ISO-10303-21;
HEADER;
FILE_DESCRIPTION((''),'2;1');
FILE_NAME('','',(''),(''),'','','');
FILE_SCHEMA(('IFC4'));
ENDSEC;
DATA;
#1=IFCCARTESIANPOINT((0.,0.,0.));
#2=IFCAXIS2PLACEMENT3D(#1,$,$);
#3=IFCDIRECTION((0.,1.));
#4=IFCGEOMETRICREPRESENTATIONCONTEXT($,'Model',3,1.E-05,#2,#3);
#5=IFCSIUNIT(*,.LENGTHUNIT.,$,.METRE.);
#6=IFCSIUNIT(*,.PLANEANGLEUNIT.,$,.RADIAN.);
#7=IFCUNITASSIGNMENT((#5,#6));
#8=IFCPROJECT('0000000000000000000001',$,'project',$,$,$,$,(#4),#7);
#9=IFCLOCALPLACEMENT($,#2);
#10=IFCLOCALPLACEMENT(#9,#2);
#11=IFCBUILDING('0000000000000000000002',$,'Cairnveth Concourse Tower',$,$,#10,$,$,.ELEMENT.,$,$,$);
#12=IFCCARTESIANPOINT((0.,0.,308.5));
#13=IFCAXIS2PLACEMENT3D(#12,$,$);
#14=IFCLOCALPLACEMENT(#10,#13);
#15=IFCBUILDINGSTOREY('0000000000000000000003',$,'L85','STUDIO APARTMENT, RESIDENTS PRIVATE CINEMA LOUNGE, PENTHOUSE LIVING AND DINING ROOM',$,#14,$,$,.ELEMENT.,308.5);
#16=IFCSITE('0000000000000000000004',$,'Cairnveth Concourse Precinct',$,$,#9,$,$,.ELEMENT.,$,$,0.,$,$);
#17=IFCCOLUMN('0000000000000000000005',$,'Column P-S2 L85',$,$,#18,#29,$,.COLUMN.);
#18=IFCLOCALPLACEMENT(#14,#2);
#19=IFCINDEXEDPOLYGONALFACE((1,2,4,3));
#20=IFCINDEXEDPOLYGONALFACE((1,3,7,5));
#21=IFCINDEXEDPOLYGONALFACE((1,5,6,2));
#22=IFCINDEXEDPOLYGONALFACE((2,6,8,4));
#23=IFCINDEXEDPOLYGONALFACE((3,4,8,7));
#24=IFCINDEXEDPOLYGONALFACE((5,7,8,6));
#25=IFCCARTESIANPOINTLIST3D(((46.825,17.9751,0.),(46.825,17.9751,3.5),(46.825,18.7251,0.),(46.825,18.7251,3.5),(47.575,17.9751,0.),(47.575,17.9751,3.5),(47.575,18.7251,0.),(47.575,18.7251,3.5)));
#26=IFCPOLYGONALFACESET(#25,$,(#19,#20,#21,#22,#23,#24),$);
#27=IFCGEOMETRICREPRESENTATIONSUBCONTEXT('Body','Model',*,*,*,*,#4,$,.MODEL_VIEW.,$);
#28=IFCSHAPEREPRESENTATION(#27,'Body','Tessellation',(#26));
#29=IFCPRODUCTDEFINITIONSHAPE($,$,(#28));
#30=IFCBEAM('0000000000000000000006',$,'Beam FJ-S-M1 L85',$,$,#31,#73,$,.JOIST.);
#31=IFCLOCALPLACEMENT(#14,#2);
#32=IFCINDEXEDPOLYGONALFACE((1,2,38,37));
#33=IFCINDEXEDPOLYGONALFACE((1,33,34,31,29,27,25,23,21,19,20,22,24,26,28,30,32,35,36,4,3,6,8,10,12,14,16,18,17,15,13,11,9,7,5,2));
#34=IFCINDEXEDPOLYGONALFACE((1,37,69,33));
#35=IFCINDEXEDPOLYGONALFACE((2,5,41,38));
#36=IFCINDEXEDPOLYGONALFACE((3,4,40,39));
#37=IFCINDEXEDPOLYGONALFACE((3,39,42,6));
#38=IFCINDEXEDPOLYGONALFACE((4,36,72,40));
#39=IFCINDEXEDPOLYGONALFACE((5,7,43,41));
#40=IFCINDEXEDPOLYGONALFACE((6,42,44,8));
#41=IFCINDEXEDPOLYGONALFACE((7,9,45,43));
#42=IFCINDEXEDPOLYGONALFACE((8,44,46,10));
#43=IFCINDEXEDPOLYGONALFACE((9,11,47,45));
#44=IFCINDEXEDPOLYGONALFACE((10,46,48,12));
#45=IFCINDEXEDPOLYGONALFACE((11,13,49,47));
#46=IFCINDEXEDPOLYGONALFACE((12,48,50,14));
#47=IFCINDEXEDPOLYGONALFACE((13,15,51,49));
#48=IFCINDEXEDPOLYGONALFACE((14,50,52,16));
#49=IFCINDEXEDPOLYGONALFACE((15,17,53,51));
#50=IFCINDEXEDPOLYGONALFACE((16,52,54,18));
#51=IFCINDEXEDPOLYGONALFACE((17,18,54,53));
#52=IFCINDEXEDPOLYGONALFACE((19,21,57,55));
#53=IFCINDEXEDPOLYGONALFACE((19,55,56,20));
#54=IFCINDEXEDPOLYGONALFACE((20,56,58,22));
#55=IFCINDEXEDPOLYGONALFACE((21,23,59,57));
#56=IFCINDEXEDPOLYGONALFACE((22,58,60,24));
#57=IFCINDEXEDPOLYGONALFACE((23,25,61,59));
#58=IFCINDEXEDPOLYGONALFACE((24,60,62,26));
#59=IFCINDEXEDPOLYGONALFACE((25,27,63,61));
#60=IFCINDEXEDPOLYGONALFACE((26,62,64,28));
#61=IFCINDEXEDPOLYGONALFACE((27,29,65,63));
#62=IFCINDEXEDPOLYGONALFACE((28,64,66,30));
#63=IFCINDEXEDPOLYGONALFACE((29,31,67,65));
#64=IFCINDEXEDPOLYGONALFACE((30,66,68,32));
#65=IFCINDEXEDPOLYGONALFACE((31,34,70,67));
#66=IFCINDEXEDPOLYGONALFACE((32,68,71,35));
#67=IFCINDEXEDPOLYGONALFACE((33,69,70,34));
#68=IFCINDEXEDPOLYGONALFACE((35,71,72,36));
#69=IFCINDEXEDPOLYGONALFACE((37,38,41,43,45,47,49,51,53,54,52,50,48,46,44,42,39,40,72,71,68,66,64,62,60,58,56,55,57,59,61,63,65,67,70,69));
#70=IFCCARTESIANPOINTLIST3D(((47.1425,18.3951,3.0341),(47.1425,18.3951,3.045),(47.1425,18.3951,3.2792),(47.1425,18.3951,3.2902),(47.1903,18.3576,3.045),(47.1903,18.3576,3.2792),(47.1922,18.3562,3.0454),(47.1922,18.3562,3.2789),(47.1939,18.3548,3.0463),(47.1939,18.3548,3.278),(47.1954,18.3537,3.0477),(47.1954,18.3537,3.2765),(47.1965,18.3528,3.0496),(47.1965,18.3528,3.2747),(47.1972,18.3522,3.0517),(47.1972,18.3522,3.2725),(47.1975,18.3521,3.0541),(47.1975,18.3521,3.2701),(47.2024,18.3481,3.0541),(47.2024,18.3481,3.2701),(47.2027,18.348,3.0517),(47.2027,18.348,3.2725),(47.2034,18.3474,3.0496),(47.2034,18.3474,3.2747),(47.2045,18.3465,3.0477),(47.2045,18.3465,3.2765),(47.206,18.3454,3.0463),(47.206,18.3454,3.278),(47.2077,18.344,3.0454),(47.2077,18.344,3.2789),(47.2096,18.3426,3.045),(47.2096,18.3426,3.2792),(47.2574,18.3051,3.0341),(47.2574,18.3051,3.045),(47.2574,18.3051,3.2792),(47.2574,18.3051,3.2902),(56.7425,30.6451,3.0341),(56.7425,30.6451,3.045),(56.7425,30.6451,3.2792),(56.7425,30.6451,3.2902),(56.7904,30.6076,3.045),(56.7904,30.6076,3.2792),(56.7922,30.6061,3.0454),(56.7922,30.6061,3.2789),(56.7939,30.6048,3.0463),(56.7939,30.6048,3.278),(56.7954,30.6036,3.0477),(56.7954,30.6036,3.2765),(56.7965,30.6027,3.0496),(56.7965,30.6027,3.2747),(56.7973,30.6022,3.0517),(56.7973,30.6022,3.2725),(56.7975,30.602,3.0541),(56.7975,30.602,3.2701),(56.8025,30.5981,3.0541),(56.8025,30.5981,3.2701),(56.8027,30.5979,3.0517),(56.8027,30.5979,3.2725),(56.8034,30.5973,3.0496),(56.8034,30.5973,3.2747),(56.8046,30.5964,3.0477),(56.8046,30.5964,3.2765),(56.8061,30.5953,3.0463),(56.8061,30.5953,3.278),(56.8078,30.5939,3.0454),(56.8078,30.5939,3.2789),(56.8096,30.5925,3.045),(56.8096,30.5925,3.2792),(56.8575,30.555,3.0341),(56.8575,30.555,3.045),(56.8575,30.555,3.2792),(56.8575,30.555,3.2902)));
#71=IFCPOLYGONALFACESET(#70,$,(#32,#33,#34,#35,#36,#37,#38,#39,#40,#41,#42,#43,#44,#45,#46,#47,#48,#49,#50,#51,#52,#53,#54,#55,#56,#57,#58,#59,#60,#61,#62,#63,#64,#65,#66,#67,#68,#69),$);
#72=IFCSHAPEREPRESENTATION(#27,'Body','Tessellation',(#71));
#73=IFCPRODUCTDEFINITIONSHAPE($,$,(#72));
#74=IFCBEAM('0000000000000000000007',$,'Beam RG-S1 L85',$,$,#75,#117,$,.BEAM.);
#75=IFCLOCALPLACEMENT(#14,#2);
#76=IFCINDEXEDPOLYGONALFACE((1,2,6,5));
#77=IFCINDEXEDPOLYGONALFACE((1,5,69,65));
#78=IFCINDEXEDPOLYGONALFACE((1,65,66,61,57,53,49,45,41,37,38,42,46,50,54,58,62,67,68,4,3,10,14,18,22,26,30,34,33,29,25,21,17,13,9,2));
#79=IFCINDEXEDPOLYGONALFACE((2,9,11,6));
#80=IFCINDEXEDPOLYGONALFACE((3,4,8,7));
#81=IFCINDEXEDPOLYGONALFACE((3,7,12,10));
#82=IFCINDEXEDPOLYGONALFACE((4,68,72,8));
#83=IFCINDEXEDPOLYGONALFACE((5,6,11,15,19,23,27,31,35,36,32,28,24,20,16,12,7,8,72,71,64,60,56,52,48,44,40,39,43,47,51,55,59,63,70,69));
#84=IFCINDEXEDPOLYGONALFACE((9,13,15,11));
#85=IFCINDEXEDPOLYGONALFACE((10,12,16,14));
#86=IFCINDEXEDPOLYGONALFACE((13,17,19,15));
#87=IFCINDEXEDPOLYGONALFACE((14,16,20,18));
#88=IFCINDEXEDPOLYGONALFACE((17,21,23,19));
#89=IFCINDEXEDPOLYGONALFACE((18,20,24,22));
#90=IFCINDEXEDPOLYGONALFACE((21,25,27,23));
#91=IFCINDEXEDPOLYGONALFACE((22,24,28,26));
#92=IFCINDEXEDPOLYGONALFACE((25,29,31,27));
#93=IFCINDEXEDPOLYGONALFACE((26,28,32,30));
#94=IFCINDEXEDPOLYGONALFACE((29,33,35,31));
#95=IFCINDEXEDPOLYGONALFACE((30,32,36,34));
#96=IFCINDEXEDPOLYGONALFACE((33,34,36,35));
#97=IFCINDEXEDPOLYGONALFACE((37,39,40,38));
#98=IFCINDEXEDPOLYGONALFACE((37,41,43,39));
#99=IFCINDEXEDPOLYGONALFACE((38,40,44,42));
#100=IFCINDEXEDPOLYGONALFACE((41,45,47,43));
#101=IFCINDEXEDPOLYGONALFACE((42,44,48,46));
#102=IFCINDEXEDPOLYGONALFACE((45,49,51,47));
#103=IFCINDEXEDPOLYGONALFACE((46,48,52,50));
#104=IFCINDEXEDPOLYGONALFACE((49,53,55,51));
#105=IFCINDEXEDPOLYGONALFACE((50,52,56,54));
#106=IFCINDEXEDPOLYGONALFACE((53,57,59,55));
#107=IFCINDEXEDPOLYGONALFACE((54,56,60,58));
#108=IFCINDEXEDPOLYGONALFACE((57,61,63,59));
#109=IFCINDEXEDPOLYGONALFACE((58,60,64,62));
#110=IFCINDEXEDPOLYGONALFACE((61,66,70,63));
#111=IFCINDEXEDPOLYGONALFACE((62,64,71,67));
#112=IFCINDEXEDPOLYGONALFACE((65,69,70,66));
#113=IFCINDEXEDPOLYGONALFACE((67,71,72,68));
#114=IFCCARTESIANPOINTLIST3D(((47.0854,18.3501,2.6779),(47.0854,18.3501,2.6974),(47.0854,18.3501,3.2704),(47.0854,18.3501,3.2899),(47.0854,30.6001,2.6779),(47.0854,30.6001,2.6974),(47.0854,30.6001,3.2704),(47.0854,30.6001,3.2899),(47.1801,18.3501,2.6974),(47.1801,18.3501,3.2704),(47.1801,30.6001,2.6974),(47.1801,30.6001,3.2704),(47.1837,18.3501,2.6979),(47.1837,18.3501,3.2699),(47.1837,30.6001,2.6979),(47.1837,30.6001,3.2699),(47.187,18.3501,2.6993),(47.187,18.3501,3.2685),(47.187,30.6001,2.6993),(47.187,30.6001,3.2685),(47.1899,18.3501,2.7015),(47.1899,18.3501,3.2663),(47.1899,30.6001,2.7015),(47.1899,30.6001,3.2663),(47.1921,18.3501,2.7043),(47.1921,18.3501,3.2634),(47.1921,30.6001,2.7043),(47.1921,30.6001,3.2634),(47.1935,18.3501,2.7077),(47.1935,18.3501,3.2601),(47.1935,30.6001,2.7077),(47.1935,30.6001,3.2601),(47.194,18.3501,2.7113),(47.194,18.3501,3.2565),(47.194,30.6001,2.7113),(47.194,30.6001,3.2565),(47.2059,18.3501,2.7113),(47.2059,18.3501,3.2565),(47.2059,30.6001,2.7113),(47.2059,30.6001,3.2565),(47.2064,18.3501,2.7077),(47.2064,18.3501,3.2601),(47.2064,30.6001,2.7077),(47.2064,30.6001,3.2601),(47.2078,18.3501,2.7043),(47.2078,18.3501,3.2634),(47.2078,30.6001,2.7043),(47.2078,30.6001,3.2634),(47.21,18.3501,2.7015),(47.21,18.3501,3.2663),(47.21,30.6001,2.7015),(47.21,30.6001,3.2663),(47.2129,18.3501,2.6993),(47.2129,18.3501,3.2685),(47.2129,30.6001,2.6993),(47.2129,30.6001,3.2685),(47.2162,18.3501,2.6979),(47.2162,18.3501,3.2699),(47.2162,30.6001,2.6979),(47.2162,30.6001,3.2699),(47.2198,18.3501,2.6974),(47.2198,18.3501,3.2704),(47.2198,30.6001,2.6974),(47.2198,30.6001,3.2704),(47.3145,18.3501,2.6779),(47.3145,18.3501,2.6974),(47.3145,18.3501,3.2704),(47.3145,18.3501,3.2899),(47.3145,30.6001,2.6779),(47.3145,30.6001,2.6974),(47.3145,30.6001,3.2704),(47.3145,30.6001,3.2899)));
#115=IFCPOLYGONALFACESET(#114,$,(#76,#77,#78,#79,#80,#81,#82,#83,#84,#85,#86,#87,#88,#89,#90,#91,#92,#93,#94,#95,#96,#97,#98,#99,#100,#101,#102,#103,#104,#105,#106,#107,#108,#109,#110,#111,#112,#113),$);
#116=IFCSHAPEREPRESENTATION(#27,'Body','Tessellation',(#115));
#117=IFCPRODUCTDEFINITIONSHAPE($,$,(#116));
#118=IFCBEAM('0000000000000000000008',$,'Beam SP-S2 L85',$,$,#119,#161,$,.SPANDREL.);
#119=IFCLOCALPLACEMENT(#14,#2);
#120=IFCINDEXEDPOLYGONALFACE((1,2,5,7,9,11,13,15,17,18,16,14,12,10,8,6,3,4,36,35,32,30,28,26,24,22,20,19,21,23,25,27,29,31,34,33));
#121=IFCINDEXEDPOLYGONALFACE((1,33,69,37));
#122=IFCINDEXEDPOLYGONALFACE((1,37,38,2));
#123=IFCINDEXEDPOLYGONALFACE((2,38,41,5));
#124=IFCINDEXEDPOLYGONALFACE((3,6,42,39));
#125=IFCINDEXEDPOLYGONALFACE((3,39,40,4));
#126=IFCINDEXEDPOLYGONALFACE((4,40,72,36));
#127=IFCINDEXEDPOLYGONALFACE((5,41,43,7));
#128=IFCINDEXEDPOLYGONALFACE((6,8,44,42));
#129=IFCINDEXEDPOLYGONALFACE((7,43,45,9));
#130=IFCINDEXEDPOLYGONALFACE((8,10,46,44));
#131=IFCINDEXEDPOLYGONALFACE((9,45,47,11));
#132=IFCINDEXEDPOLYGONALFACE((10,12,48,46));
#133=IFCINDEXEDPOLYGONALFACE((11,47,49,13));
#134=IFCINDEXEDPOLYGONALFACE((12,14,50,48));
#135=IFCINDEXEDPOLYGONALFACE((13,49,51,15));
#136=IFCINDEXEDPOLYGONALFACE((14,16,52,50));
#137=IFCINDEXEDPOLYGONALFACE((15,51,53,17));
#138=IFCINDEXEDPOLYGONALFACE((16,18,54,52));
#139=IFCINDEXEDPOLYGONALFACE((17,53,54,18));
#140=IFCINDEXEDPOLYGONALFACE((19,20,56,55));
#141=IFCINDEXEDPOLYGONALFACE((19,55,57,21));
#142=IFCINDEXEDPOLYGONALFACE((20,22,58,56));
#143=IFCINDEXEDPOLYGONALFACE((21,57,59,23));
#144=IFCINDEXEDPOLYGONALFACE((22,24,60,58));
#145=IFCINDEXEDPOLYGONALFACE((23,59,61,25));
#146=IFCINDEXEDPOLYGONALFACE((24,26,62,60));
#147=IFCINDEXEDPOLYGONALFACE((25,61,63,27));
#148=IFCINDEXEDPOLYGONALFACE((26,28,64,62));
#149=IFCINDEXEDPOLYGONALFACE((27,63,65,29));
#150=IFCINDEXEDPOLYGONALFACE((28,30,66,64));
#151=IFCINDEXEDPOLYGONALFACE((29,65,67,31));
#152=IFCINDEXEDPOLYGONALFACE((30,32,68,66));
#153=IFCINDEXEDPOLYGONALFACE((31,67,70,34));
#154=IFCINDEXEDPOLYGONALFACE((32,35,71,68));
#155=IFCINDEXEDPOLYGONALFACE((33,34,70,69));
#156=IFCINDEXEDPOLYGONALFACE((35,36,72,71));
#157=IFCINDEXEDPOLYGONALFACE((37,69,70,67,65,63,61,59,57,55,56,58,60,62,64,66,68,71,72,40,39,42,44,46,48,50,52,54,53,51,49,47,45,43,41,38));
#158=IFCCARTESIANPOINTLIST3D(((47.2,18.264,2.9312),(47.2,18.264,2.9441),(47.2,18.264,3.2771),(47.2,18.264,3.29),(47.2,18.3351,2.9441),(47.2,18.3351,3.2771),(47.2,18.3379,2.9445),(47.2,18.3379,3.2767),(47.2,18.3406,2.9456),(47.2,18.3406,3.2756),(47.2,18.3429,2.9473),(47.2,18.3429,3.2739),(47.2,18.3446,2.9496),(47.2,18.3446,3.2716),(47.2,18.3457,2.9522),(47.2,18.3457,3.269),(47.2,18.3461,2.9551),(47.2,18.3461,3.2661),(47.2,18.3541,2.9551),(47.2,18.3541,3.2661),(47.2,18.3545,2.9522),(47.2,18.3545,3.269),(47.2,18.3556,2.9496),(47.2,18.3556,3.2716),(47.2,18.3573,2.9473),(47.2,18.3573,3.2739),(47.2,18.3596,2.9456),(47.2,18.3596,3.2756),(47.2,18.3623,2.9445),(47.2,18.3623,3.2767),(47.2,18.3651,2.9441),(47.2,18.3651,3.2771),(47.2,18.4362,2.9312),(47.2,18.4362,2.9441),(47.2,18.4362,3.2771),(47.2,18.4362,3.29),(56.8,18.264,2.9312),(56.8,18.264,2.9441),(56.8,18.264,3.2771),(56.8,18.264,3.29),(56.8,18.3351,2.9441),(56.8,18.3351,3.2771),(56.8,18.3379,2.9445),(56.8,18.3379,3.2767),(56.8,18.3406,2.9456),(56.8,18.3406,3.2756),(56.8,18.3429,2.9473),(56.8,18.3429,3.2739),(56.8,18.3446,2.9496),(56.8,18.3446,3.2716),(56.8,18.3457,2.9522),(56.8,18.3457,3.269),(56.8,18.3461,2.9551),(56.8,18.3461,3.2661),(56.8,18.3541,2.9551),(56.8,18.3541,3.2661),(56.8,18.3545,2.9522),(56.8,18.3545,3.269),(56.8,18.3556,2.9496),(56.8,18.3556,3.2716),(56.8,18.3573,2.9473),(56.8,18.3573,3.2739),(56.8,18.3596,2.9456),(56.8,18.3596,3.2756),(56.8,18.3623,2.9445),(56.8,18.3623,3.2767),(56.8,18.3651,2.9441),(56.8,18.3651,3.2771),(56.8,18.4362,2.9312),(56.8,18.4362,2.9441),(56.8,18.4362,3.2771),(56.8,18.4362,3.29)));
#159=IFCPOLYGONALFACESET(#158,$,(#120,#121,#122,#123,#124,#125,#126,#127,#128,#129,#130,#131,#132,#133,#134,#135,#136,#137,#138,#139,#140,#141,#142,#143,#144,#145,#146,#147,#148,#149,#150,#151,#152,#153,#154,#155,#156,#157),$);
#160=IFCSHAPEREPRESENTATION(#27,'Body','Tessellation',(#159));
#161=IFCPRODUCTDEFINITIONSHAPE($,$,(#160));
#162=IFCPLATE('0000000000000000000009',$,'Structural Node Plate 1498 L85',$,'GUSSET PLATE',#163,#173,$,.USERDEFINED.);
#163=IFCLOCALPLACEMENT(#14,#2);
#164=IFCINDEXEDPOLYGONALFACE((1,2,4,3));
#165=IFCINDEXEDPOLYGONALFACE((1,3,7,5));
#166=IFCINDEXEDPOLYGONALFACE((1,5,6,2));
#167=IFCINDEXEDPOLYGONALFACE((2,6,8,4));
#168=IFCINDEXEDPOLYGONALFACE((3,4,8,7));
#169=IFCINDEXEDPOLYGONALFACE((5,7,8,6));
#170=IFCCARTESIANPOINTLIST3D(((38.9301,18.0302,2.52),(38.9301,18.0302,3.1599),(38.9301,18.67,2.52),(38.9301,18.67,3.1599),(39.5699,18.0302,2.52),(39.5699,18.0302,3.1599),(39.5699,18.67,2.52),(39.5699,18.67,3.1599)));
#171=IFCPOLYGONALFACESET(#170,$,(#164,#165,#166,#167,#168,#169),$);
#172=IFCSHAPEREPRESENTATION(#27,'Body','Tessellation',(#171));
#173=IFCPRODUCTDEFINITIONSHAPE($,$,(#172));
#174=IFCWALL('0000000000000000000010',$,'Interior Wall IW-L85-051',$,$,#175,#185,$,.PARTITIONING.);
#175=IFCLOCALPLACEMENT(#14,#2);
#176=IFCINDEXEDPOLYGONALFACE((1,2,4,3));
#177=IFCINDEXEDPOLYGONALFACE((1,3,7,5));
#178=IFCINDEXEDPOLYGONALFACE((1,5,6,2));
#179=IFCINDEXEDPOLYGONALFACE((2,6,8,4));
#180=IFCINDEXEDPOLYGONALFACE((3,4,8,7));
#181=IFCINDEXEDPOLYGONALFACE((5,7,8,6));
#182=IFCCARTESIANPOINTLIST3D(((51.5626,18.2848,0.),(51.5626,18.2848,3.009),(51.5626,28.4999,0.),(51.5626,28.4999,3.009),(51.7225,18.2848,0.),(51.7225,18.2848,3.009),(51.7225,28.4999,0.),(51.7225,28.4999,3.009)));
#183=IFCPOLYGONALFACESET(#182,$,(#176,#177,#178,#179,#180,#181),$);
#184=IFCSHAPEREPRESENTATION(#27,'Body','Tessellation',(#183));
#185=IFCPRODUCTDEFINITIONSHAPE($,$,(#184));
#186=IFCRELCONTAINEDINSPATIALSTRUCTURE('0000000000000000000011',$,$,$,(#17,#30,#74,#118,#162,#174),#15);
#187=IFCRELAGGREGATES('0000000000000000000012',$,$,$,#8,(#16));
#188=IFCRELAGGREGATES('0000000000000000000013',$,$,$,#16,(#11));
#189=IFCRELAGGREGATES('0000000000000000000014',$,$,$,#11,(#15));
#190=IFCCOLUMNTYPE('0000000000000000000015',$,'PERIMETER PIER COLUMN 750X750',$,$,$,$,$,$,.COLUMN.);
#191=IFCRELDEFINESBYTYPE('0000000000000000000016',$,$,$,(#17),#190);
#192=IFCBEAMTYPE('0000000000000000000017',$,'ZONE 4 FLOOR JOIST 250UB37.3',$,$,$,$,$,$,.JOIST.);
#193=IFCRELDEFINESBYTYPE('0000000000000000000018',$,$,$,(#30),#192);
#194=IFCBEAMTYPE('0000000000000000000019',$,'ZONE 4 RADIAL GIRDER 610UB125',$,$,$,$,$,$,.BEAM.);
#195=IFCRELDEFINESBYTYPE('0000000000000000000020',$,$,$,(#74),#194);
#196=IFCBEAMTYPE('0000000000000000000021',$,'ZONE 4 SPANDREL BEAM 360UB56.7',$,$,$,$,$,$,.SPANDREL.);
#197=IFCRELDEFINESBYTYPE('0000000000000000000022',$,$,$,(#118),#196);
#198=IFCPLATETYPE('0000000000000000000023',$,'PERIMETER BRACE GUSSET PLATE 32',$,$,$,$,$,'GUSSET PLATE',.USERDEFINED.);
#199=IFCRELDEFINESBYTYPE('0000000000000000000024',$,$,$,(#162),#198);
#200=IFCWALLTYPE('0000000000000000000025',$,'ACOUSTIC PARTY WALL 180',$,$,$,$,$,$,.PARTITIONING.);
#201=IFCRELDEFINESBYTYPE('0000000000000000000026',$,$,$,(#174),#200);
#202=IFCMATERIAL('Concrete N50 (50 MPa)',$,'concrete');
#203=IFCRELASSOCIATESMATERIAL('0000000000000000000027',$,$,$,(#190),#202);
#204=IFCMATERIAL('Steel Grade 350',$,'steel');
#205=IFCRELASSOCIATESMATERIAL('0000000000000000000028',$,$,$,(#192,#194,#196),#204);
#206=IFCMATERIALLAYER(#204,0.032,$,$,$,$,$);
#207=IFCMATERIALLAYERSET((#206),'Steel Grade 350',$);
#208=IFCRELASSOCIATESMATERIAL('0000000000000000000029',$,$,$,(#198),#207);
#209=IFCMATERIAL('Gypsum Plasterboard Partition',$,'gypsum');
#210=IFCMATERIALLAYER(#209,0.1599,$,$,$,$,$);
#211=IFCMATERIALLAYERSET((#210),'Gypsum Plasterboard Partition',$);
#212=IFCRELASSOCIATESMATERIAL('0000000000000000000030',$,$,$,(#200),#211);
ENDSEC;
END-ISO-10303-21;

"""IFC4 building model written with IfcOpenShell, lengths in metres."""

from ifc_helpers import new_model, si_unit, direction, frame, frame_2d, origin, origin_2d, place, context, subcontext, project, spatial, rectangle, i_section, extrude, material, layer, layer_set, material_profile, profile_set, type_object, element, save


model = new_model("IFC4")

# Units and contexts
model_context = context("Model", 3, precision=1e-05, world=origin(), true_north=direction((0.0, 1.0)))
body_context = subcontext(model_context, "Body", "Model", "MODEL_VIEW")
ifc_project = project(units=[si_unit("LENGTHUNIT", "METRE"), si_unit("PLANEANGLEUNIT", "RADIAN")], contexts=[model_context])

# Site, building, storey
site_placement = place(None, origin())
site = spatial("IfcSite", under=ifc_project, at=site_placement, Name="Cairnveth Concourse Precinct", CompositionType="ELEMENT", RefElevation=0.0)
building_placement = place(site_placement, origin())
building = spatial("IfcBuilding", under=site, at=building_placement, Name="Cairnveth Concourse Tower", CompositionType="ELEMENT")
storey_placement = place(building_placement, frame((0.0, 0.0, 308.5)))
storey = spatial("IfcBuildingStorey", under=building, at=storey_placement, Name="L85", Description="STUDIO APARTMENT, RESIDENTS PRIVATE CINEMA LOUNGE, PENTHOUSE LIVING AND DINING ROOM", CompositionType="ELEMENT", Elevation=308.5)

# Column
ifc_material_1 = material(Name="Concrete N50 (50 MPa)", Category="concrete")
ifc_material_profile_1 = material_profile(ifc_material_1, rectangle(XDim=0.75, YDim=0.75, at=origin_2d()), Name="RC-COL-750x750")
ifc_profile_set_1 = profile_set([ifc_material_profile_1], Name="Concrete N50 (50 MPa)")
column_type = type_object("IfcColumnType", Name="PERIMETER PIER COLUMN 750X750", PredefinedType="COLUMN", material=ifc_profile_set_1)
column_placement = place(storey_placement, frame((47.2, 18.3501, 0.0), z_axis=(0.0, 0.0, 1.0), x_axis=(1.0, 0.0, 0.0)))
element("IfcColumn", 1, at=column_placement, inside=storey, type_object=column_type, Name="Column P-S2 L85", PredefinedType="COLUMN", context=body_context, shape_type="SweptSolid", body=[
    extrude(rectangle(XDim=0.75, YDim=0.75, at=origin_2d()), origin(), (0.0, 0.0, 1.0), 3.5),
])

# Beams
ifc_material_2 = material(Name="Steel Grade 350", Category="steel")
ifc_material_profile_2 = material_profile(ifc_material_2, i_section(OverallWidth=0.146, OverallDepth=0.2561, WebThickness=0.0063, FlangeThickness=0.011, FilletRadius=0.009, at=origin_2d()), Name="250UB37.3")
ifc_profile_set_2 = profile_set([ifc_material_profile_2], Name="Steel Grade 350")
beam_type_1 = type_object("IfcBeamType", Name="ZONE 4 FLOOR JOIST 250UB37.3", PredefinedType="JOIST", material=ifc_profile_set_2)
beam_1_placement = place(storey_placement, frame((47.2, 18.3501, 3.1621), z_axis=(0.616832, 0.787095, 0.0), x_axis=(-0.787095, 0.616832, 0.0)))
element("IfcBeam", 2, at=beam_1_placement, inside=storey, type_object=beam_type_1, Name="Beam FJ-S-M1 L85", PredefinedType="JOIST", context=body_context, shape_type="SweptSolid", body=[
    extrude(i_section(OverallWidth=0.146, OverallDepth=0.2561, WebThickness=0.0063, FlangeThickness=0.011, FilletRadius=0.009, at=origin_2d()), origin(), (0.0, 0.0, 1.0), 15.5635),
])
ifc_material_profile_3 = material_profile(ifc_material_2, i_section(OverallWidth=0.229, OverallDepth=0.6121, WebThickness=0.012, FlangeThickness=0.0195, FilletRadius=0.0139, at=origin_2d()), Name="610UB125")
ifc_profile_set_3 = profile_set([ifc_material_profile_3], Name="Steel Grade 350")
beam_type_2 = type_object("IfcBeamType", Name="ZONE 4 RADIAL GIRDER 610UB125", PredefinedType="BEAM", material=ifc_profile_set_3)
beam_2_placement = place(storey_placement, frame((47.2, 18.3501, 2.9839), z_axis=(0.0, 1.0, 0.0), x_axis=(-1.0, 0.0, 0.0)))
element("IfcBeam", 3, at=beam_2_placement, inside=storey, type_object=beam_type_2, Name="Beam RG-S1 L85", PredefinedType="BEAM", context=body_context, shape_type="SweptSolid", body=[
    extrude(i_section(OverallWidth=0.229, OverallDepth=0.6121, WebThickness=0.012, FlangeThickness=0.0195, FilletRadius=0.0139, at=origin_2d()), origin(), (0.0, 0.0, 1.0), 12.25),
])
ifc_material_profile_4 = material_profile(ifc_material_2, i_section(OverallWidth=0.1721, OverallDepth=0.3589, WebThickness=0.0081, FlangeThickness=0.0129, FilletRadius=0.011, at=origin_2d()), Name="360UB56.7")
ifc_profile_set_4 = profile_set([ifc_material_profile_4], Name="Steel Grade 350")
beam_type_3 = type_object("IfcBeamType", Name="ZONE 4 SPANDREL BEAM 360UB56.7", PredefinedType="SPANDREL", material=ifc_profile_set_4)
beam_3_placement = place(storey_placement, frame((47.2, 18.3501, 3.1106), z_axis=(1.0, 0.0, 0.0), x_axis=(0.0, 1.0, 0.0)))
element("IfcBeam", 4, at=beam_3_placement, inside=storey, type_object=beam_type_3, Name="Beam SP-S2 L85", PredefinedType="SPANDREL", context=body_context, shape_type="SweptSolid", body=[
    extrude(i_section(OverallWidth=0.1721, OverallDepth=0.3589, WebThickness=0.0081, FlangeThickness=0.0129, FilletRadius=0.011, at=origin_2d()), origin(), (0.0, 0.0, 1.0), 9.6001),
])

# Plate
ifc_layer_1 = layer(ifc_material_2, 0.032)
ifc_layer_set_1 = layer_set([ifc_layer_1], Name="Steel Grade 350")
plate_type = type_object("IfcPlateType", Name="PERIMETER BRACE GUSSET PLATE 32", ElementType="GUSSET PLATE", PredefinedType="USERDEFINED", material=ifc_layer_set_1)
plate_placement = place(storey_placement, frame((39.25, 18.3501, 2.52), z_axis=(0.0, 0.0, 1.0), x_axis=(1.0, 0.0, 0.0)))
element("IfcPlate", 5, at=plate_placement, inside=storey, type_object=plate_type, Name="Structural Node Plate 1498 L85", ObjectType="GUSSET PLATE", PredefinedType="USERDEFINED", context=body_context, shape_type="SweptSolid", body=[
    extrude(rectangle(XDim=0.6399, YDim=0.6399, at=origin_2d()), origin(), (0.0, 0.0, 1.0), 0.6399),
])

# Wall
ifc_material_3 = material(Name="Gypsum Plasterboard Partition", Category="gypsum")
ifc_layer_2 = layer(ifc_material_3, 0.1599)
ifc_layer_set_2 = layer_set([ifc_layer_2], Name="Gypsum Plasterboard Partition")
wall_type_1 = type_object("IfcWallType", Name="ACOUSTIC PARTY WALL 180", PredefinedType="PARTITIONING", material=ifc_layer_set_2)
wall_1_placement = place(storey_placement, frame((51.6426, 18.2849, 0.0), z_axis=(0.0, 0.0, 1.0), x_axis=(0.0, 1.0, 0.0)))
element("IfcWall", 6, at=wall_1_placement, inside=storey, type_object=wall_type_1, Name="Interior Wall IW-L85-051", PredefinedType="PARTITIONING", context=body_context, shape_type="SweptSolid", body=[
    extrude(rectangle(XDim=10.2151, YDim=0.1599, at=frame_2d((5.1074, 0.0))), origin(), (0.0, 0.0, 1.0), 3.009),
])

save(model, "model.ifc")
